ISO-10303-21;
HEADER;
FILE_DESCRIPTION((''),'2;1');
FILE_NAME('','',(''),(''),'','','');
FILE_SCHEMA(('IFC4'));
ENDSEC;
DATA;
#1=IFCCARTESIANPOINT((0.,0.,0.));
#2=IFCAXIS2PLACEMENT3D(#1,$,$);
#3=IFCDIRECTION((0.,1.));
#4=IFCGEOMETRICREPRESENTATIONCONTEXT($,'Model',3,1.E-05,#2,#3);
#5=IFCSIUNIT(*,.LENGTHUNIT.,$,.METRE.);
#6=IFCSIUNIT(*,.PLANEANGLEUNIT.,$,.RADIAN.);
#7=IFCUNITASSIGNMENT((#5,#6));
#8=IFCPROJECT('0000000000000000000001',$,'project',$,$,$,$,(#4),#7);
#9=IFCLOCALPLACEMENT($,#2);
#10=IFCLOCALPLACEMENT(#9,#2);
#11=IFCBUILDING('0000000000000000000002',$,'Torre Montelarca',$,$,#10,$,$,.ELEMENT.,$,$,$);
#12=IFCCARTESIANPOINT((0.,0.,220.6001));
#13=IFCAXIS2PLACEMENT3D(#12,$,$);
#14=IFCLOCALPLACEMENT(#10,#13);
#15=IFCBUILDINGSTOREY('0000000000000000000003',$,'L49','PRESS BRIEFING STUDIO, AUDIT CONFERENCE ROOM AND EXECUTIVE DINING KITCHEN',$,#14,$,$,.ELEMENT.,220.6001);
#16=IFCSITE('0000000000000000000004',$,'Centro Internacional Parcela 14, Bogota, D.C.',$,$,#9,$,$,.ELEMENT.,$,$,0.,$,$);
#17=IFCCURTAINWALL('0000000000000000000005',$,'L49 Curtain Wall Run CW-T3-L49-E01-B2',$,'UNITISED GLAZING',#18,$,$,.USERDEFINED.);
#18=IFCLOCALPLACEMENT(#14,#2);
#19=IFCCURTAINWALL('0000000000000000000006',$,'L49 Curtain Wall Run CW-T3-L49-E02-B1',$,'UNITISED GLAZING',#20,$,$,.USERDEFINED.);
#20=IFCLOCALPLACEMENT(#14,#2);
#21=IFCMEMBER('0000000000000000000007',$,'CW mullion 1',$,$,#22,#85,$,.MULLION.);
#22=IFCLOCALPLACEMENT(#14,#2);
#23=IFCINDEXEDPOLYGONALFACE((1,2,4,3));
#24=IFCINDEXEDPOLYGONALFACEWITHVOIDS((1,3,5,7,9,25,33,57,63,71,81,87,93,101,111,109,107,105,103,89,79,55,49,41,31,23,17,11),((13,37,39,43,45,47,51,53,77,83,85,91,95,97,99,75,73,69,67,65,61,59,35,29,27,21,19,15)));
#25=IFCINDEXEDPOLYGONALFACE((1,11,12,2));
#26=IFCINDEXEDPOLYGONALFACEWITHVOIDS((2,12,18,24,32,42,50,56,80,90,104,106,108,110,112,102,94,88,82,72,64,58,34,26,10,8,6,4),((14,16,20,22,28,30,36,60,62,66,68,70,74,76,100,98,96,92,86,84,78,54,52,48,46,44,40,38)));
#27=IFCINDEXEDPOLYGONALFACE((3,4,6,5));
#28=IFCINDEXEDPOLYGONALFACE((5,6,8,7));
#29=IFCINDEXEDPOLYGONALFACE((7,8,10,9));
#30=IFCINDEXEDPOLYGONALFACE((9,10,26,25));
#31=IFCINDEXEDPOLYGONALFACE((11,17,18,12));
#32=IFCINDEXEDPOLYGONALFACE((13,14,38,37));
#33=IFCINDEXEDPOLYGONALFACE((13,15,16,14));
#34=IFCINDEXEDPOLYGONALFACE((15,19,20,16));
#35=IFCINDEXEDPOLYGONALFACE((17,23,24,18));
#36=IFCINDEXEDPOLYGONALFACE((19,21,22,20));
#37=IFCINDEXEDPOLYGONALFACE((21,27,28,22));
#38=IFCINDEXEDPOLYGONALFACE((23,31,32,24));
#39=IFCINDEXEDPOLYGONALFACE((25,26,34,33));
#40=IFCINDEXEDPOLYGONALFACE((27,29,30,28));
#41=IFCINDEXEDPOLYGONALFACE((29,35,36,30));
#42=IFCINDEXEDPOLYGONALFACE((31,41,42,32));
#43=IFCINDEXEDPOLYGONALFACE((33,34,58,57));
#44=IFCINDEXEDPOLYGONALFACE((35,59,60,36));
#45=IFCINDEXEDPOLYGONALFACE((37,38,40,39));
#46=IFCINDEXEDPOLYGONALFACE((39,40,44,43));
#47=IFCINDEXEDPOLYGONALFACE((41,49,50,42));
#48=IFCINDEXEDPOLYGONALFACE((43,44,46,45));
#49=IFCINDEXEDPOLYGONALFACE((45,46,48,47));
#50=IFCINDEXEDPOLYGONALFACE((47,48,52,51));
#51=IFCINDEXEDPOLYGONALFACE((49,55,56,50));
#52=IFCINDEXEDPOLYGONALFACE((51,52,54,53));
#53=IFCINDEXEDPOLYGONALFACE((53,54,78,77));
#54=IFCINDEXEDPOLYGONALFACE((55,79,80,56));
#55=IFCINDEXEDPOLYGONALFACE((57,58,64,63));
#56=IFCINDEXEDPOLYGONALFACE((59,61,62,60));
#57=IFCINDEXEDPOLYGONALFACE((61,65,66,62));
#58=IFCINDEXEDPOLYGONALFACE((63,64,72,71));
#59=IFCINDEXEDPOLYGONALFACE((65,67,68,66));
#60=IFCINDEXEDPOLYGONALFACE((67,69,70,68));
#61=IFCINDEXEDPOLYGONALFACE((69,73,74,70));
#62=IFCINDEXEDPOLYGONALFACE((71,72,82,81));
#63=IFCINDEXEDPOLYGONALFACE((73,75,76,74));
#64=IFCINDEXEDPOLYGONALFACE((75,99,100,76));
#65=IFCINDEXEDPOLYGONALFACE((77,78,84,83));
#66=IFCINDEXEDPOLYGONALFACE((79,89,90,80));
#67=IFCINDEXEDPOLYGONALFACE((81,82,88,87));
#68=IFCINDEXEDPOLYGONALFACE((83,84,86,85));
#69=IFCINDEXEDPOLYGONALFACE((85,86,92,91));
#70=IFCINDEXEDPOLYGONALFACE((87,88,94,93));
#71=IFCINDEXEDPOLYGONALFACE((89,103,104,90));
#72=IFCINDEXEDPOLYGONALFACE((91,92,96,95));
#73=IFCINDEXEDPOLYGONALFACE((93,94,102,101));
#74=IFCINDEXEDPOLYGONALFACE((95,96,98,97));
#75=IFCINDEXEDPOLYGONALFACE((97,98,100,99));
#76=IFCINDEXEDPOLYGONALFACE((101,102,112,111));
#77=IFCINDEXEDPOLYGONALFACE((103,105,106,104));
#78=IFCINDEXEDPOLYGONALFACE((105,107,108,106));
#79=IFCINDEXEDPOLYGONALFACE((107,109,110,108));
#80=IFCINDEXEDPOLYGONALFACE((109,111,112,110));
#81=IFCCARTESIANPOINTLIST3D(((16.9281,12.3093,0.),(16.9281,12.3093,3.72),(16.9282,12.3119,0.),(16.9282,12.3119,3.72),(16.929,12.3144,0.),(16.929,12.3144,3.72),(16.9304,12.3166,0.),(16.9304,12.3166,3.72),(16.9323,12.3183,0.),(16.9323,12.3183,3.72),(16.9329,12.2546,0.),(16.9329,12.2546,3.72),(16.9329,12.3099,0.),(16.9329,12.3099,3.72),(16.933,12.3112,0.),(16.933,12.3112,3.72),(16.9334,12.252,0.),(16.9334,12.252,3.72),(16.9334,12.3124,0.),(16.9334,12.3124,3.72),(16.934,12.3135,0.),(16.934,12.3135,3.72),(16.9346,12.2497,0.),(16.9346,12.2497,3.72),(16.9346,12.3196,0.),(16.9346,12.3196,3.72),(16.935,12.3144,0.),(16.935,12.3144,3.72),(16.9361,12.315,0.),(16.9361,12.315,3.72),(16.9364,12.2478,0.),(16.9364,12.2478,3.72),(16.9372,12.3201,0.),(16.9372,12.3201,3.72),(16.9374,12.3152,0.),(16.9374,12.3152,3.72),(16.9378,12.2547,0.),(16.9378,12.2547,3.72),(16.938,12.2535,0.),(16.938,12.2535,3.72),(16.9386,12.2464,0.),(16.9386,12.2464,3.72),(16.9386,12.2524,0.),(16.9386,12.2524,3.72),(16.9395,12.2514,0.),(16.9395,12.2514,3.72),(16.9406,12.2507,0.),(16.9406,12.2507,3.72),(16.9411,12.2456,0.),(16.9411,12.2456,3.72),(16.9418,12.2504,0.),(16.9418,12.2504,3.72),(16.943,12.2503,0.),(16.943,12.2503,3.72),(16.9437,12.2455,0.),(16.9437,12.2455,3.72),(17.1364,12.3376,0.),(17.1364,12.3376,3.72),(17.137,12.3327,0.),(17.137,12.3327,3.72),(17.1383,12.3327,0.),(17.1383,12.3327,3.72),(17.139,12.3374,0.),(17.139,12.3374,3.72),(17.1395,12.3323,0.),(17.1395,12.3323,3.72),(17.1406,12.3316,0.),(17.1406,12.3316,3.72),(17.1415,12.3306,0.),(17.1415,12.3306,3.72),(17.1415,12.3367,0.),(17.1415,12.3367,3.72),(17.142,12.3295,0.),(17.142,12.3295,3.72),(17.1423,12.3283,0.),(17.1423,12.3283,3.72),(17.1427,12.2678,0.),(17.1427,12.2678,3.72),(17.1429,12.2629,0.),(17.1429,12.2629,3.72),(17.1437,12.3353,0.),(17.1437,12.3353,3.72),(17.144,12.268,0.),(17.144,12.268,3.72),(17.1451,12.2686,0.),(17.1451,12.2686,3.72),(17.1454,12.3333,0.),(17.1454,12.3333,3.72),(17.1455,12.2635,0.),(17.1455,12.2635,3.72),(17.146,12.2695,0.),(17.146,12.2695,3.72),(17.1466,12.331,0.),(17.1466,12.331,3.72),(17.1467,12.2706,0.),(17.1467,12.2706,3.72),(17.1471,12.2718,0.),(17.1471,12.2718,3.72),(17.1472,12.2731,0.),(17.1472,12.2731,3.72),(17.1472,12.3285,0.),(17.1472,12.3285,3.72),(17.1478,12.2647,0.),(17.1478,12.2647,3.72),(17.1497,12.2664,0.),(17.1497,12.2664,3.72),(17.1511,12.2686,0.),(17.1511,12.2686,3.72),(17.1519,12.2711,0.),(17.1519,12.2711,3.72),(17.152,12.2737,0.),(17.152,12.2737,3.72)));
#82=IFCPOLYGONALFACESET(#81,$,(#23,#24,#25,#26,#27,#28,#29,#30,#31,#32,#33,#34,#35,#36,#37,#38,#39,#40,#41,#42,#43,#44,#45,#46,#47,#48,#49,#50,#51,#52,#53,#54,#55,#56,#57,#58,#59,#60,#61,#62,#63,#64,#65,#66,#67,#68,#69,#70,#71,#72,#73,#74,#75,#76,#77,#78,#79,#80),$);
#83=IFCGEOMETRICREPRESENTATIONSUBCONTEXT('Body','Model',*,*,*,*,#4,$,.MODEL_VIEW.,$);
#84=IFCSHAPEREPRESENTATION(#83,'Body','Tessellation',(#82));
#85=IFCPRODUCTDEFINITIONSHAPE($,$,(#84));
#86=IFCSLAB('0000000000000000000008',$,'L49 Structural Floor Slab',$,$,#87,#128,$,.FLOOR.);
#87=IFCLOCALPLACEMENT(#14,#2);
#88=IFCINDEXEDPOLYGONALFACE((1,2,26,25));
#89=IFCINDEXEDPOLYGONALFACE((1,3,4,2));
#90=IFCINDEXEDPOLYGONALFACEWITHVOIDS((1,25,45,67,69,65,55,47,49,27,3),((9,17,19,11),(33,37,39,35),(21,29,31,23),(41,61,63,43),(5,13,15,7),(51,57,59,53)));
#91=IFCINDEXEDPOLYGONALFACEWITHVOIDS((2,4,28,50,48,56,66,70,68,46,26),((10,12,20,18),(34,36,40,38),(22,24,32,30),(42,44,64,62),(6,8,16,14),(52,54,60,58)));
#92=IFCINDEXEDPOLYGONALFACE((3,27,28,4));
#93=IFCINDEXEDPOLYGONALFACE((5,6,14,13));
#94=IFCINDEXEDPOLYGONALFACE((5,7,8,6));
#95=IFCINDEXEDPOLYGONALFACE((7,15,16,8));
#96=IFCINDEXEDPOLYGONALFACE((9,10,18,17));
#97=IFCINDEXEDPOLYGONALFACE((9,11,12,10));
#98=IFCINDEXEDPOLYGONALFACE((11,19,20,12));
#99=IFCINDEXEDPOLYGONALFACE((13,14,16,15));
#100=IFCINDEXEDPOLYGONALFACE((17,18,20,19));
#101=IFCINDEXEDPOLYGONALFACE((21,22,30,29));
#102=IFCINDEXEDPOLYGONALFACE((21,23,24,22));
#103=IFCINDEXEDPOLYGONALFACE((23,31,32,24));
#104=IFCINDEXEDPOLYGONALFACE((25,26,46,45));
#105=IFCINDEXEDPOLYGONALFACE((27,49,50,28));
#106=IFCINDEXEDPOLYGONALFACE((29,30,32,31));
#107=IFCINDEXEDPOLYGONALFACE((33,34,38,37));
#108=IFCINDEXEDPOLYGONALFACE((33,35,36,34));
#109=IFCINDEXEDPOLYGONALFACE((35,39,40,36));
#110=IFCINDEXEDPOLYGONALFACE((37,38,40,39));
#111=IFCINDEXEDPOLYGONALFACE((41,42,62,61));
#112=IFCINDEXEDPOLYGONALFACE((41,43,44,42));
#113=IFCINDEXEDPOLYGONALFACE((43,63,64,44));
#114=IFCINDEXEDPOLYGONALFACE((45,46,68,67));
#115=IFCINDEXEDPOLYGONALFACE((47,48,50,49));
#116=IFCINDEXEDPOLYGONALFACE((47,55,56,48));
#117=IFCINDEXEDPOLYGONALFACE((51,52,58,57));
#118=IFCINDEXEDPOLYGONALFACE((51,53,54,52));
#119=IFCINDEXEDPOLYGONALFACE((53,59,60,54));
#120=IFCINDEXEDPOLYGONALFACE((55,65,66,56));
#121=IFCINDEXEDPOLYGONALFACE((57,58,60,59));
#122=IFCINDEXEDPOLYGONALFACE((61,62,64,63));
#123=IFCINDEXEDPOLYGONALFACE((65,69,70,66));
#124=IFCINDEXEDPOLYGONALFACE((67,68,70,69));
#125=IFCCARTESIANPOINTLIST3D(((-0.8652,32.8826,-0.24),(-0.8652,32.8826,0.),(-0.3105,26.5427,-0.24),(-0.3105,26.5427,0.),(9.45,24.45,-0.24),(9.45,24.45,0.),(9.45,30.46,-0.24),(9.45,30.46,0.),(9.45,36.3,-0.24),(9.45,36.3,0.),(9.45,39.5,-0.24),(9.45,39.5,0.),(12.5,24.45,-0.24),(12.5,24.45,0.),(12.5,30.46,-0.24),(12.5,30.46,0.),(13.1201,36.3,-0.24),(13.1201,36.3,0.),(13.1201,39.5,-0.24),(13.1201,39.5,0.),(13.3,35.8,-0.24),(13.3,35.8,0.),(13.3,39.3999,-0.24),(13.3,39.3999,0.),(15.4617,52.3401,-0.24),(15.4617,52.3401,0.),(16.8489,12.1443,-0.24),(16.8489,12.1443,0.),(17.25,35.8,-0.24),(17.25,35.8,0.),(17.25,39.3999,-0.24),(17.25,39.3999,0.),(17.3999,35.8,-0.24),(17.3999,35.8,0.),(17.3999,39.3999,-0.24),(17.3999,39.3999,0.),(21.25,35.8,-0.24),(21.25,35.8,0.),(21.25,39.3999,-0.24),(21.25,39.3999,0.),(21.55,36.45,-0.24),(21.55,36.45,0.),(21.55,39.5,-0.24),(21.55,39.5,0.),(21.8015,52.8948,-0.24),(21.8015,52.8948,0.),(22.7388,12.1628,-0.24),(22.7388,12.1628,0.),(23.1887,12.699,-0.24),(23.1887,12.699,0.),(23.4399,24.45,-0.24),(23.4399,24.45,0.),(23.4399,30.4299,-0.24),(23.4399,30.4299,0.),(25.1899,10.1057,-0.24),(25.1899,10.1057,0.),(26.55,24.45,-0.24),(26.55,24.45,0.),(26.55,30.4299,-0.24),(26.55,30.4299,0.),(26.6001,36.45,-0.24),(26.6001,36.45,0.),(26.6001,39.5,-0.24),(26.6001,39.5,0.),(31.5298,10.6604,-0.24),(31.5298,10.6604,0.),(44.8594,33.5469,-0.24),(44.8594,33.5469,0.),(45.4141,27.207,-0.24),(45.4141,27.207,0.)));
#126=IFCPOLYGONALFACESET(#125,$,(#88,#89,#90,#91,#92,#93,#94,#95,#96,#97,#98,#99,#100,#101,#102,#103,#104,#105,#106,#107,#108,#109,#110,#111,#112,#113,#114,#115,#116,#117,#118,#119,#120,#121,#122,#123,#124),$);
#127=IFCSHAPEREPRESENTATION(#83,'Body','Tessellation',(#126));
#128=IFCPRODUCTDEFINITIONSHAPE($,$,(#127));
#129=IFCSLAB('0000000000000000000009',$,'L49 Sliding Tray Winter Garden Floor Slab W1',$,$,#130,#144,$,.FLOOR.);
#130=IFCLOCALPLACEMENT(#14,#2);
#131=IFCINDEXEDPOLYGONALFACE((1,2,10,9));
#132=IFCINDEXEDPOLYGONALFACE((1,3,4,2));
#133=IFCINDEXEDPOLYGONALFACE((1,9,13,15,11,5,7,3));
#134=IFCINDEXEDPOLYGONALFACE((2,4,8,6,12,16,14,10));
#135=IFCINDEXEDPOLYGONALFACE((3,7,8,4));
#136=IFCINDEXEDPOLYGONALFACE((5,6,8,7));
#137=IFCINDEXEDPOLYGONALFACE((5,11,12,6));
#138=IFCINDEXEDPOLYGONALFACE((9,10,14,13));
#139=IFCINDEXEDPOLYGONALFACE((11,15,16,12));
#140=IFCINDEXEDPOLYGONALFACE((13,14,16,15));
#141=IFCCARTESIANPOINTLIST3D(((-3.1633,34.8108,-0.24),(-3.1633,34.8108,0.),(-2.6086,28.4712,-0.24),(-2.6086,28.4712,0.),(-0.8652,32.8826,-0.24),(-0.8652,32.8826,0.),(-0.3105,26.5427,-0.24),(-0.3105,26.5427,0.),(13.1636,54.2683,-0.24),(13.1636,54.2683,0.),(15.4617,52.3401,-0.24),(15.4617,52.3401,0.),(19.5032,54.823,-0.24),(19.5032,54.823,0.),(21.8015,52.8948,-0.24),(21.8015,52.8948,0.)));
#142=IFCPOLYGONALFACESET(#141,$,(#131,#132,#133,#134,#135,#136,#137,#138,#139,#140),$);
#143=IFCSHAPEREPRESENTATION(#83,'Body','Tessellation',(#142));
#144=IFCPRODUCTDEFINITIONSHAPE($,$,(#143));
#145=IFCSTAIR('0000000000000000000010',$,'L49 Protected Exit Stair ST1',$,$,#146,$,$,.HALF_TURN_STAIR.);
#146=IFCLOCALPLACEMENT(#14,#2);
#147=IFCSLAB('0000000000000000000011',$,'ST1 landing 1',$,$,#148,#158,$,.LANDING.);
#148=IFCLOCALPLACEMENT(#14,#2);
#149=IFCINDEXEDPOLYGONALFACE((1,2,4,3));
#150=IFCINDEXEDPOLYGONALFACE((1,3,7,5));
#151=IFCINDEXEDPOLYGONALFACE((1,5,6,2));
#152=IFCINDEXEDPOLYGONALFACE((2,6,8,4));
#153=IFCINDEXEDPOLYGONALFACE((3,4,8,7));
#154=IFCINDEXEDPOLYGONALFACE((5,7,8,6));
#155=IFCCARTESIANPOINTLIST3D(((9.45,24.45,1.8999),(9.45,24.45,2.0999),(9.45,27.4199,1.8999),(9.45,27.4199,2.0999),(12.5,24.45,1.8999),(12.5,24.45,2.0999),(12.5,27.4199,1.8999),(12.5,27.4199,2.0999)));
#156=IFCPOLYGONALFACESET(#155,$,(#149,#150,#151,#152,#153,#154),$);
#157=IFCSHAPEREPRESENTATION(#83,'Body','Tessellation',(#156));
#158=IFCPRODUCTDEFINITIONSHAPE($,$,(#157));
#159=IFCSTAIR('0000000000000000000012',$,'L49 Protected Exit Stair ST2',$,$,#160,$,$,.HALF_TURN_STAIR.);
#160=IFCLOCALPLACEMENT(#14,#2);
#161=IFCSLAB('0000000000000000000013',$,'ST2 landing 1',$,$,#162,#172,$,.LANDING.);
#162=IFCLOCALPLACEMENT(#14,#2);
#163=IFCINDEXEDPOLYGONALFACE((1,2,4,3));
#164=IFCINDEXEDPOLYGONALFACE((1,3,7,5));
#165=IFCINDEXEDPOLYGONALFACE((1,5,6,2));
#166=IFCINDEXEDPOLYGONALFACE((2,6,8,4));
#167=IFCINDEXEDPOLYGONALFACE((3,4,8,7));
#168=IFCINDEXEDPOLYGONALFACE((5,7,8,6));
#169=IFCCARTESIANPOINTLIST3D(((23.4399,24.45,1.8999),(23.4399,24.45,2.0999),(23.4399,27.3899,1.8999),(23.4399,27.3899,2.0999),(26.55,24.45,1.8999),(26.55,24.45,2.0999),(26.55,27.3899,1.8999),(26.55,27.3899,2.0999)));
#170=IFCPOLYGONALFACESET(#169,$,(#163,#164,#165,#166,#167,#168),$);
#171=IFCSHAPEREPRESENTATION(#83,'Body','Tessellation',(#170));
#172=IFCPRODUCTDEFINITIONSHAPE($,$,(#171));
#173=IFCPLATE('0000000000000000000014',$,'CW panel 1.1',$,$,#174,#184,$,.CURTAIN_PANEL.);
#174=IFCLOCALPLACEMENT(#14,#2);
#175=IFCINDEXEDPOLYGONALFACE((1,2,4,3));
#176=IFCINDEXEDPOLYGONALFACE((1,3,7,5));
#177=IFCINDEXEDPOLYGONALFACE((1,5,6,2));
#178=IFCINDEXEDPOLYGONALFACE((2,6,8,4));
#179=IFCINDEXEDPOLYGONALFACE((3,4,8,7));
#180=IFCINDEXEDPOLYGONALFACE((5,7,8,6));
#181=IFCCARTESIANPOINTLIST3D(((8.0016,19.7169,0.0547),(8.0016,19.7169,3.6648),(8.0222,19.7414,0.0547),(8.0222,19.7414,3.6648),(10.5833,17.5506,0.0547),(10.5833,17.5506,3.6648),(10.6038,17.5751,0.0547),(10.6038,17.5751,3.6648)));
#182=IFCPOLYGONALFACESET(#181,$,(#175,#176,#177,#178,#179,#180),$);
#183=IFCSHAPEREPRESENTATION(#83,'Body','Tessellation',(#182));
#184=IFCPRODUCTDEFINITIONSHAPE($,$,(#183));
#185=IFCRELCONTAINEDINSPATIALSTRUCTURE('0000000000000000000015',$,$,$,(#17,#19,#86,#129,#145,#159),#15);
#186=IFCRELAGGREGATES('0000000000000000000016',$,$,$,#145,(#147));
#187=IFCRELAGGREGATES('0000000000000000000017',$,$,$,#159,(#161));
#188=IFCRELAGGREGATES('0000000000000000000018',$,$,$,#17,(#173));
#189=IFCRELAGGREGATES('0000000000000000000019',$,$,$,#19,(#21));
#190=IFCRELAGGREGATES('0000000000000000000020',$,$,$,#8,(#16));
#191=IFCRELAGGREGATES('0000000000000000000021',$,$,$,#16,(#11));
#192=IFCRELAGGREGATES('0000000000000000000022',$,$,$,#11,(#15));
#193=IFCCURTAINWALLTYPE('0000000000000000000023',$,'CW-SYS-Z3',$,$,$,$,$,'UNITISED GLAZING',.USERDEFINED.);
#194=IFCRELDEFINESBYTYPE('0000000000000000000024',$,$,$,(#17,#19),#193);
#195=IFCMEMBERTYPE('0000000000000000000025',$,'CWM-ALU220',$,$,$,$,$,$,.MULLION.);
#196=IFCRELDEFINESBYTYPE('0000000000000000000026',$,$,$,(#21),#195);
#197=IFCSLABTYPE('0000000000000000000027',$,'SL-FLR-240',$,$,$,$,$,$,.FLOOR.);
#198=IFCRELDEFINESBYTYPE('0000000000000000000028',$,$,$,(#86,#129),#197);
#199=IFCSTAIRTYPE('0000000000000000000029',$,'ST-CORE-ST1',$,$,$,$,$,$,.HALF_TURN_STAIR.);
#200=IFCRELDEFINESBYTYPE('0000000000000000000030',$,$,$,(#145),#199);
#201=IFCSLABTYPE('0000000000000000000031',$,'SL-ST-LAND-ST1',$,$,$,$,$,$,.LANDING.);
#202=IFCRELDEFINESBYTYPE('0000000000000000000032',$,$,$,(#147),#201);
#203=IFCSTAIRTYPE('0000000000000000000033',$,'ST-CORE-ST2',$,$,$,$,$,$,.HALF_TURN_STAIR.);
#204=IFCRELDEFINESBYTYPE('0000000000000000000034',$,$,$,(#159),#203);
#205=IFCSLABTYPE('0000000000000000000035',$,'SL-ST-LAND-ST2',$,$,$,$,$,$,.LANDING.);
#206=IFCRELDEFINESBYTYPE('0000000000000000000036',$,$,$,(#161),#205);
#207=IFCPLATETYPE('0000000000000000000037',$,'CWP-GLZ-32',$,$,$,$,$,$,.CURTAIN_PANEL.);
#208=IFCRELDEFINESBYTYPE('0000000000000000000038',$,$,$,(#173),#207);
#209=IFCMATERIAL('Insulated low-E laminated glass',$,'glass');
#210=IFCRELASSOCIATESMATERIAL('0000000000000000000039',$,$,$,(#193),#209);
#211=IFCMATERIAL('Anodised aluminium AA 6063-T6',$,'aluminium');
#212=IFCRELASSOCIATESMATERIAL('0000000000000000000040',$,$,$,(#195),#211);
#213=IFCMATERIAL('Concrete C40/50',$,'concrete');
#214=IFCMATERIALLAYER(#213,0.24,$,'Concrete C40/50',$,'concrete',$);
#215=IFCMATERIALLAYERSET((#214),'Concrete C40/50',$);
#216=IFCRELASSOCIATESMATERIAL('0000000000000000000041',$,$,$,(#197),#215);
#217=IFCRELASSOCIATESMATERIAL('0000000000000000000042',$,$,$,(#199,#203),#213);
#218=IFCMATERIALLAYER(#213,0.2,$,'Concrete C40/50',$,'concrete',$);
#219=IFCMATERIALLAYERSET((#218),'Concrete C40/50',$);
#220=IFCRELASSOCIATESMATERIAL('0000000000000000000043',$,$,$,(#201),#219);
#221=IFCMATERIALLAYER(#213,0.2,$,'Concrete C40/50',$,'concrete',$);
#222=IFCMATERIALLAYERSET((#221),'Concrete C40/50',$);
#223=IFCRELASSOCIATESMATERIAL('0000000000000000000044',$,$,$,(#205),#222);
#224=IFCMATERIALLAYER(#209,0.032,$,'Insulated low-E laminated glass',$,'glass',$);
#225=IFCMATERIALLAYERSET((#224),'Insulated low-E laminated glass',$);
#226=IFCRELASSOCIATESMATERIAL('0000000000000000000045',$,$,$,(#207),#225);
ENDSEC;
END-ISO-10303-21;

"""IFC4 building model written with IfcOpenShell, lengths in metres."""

from ifc_helpers import new_model, si_unit, direction, frame, origin, origin_2d, place, context, subcontext, project, spatial, polyline, rectangle, hollow_rectangle, outline, extrude, source, transform, mapped, material, layer, layer_set, material_profile, profile_set, type_object, element, aggregate, save


model = new_model("IFC4")

# Units and contexts
model_context = context("Model", 3, precision=1e-05, world=origin(), true_north=direction((0.0, 1.0)))
body_context = subcontext(model_context, "Body", "Model", "MODEL_VIEW")
ifc_project = project(units=[si_unit("LENGTHUNIT", "METRE"), si_unit("PLANEANGLEUNIT", "RADIAN")], contexts=[model_context])

# Site, building, storey
site_placement = place(None, origin())
site = spatial("IfcSite", under=ifc_project, at=site_placement, Name="Centro Internacional Parcela 14, Bogota, D.C.", CompositionType="ELEMENT", RefElevation=0.0)
building_placement = place(site_placement, origin())
building = spatial("IfcBuilding", under=site, at=building_placement, Name="Torre Montelarca", CompositionType="ELEMENT")
storey_placement = place(building_placement, frame((0.0, 0.0, 220.6001)))
storey = spatial("IfcBuildingStorey", under=building, at=storey_placement, Name="L49", Description="PRESS BRIEFING STUDIO, AUDIT CONFERENCE ROOM AND EXECUTIVE DINING KITCHEN", CompositionType="ELEMENT", Elevation=220.6001)

# Curtain walls
ifc_material_1 = material(Name="Insulated low-E laminated glass", Category="glass")
curtain_wall_type = type_object("IfcCurtainWallType", Name="CW-SYS-Z3", ElementType="UNITISED GLAZING", PredefinedType="USERDEFINED", material=ifc_material_1)
curtain_wall_1_placement = place(storey_placement, origin())
curtain_wall_1 = element("IfcCurtainWall", 1, at=curtain_wall_1_placement, inside=storey, type_object=curtain_wall_type, Name="L49 Curtain Wall Run CW-T3-L49-E01-B2", ObjectType="UNITISED GLAZING", PredefinedType="USERDEFINED")
ifc_material_2 = material(Name="Anodised aluminium AA 6063-T6", Category="aluminium")
curtain_wall_2_placement = place(storey_placement, origin())
curtain_wall_2 = element("IfcCurtainWall", 2, at=curtain_wall_2_placement, inside=storey, type_object=curtain_wall_type, Name="L49 Curtain Wall Run CW-T3-L49-E02-B1", ObjectType="UNITISED GLAZING", PredefinedType="USERDEFINED")

# Shared definitions
ifc_material_profile_1 = material_profile(ifc_material_2, hollow_rectangle(XDim=0.075, YDim=0.22, WallThickness=0.0049, InnerFilletRadius=0.0049, OuterFilletRadius=0.01, at=origin_2d()), Name="ALU75X220X5", Category="aluminium")
ifc_profile_set_1 = profile_set([ifc_material_profile_1], Name="Anodised aluminium AA 6063-T6")
member_type_1 = type_object("IfcMemberType", Name="CWM-ALU220", PredefinedType="MULLION", material=ifc_profile_set_1)
shared_shape_1 = source(origin(), body_context, "Body", "SweptSolid", [
    extrude(hollow_rectangle(XDim=0.075, YDim=0.22, WallThickness=0.0049, InnerFilletRadius=0.0049, OuterFilletRadius=0.01, at=origin_2d()), origin(), (0.0, 0.0, 1.0), 3.72),
])

# Member
member_1_placement = place(storey_placement, frame((17.04, 12.2915, 0.0), z_axis=(0.0, 0.0, 1.0), x_axis=(-0.087189, 0.996192, 0.0)))
member_1 = element("IfcMember", 3, at=member_1_placement, type_object=member_type_1, Name="CW mullion 1", PredefinedType="MULLION", context=body_context, shape_type="MappedRepresentation", body=[
    mapped(shared_shape_1, transform((0.0, 0.0, 0.0), scale=1.0)),
])

# Slabs
ifc_material_3 = material(Name="Concrete C40/50", Category="concrete")
ifc_layer_1 = layer(ifc_material_3, 0.24, Name="Concrete C40/50", Category="concrete")
ifc_layer_set_1 = layer_set([ifc_layer_1], Name="Concrete C40/50")
slab_type_1 = type_object("IfcSlabType", Name="SL-FLR-240", PredefinedType="FLOOR", material=ifc_layer_set_1)
slab_1_placement = place(storey_placement, frame((0.0, 0.0, -0.24)))
element("IfcSlab", 4, at=slab_1_placement, inside=storey, type_object=slab_type_1, Name="L49 Structural Floor Slab", PredefinedType="FLOOR", context=body_context, shape_type="SweptSolid", body=[
    extrude(outline(polyline([(16.8489, 12.1443), (23.1887, 12.699), (22.7388, 12.1628), (25.1899, 10.1057), (31.5298, 10.6604), (45.4141, 27.207), (44.8594, 33.5469), (21.8015, 52.8948), (15.4617, 52.3401), (-0.8652, 32.8826), (-0.3105, 26.5427), (16.8489, 12.1443)]), holes=[polyline([(26.55, 24.45), (23.4399, 24.45), (23.4399, 30.4299), (26.55, 30.4299), (26.55, 24.45)]), polyline([(9.45, 24.45), (9.45, 30.46), (12.5, 30.46), (12.5, 24.45), (9.45, 24.45)]), polyline([(17.25, 35.8), (13.3, 35.8), (13.3, 39.3999), (17.25, 39.3999), (17.25, 35.8)]), polyline([(21.25, 39.3999), (21.25, 35.8), (17.3999, 35.8), (17.3999, 39.3999), (21.25, 39.3999)]), polyline([(13.1201, 36.3), (9.45, 36.3), (9.45, 39.5), (13.1201, 39.5), (13.1201, 36.3)]), polyline([(26.6001, 36.45), (21.55, 36.45), (21.55, 39.5), (26.6001, 39.5), (26.6001, 36.45)])]), origin(), (0.0, 0.0, 1.0), 0.24),
])
slab_2_placement = place(storey_placement, frame((0.0, 0.0, -0.24)))
element("IfcSlab", 5, at=slab_2_placement, inside=storey, type_object=slab_type_1, Name="L49 Sliding Tray Winter Garden Floor Slab W1", PredefinedType="FLOOR", context=body_context, shape_type="SweptSolid", body=[
    extrude(outline(polyline([(-0.3105, 26.5427), (-0.8652, 32.8826), (15.4617, 52.3401), (21.8015, 52.8948), (19.5032, 54.823), (13.1636, 54.2683), (-3.1633, 34.8108), (-2.6086, 28.4712), (-0.3105, 26.5427)])), origin(), (0.0, 0.0, 1.0), 0.24),
])

# Stairs, slabs
stair_type_1 = type_object("IfcStairType", Name="ST-CORE-ST1", PredefinedType="HALF_TURN_STAIR", material=ifc_material_3)
stair_1_placement = place(storey_placement, origin())
stair_1 = element("IfcStair", 6, at=stair_1_placement, inside=storey, type_object=stair_type_1, Name="L49 Protected Exit Stair ST1", PredefinedType="HALF_TURN_STAIR")
ifc_layer_2 = layer(ifc_material_3, 0.2, Name="Concrete C40/50", Category="concrete")
ifc_layer_set_2 = layer_set([ifc_layer_2], Name="Concrete C40/50")
slab_type_2 = type_object("IfcSlabType", Name="SL-ST-LAND-ST1", PredefinedType="LANDING", material=ifc_layer_set_2)
slab_3_placement = place(storey_placement, frame((0.0, 0.0, 1.8999)))
slab_3 = element("IfcSlab", 7, at=slab_3_placement, type_object=slab_type_2, Name="ST1 landing 1", PredefinedType="LANDING", context=body_context, shape_type="SweptSolid", body=[
    extrude(outline(polyline([(9.45, 27.4199), (9.45, 24.45), (12.5, 24.45), (12.5, 27.4199), (9.45, 27.4199)])), origin(), (0.0, 0.0, 1.0), 0.2),
])
aggregate(stair_1, [slab_3])
stair_type_2 = type_object("IfcStairType", Name="ST-CORE-ST2", PredefinedType="HALF_TURN_STAIR", material=ifc_material_3)
stair_2_placement = place(storey_placement, origin())
stair_2 = element("IfcStair", 8, at=stair_2_placement, inside=storey, type_object=stair_type_2, Name="L49 Protected Exit Stair ST2", PredefinedType="HALF_TURN_STAIR")
ifc_layer_3 = layer(ifc_material_3, 0.2, Name="Concrete C40/50", Category="concrete")
ifc_layer_set_3 = layer_set([ifc_layer_3], Name="Concrete C40/50")
slab_type_3 = type_object("IfcSlabType", Name="SL-ST-LAND-ST2", PredefinedType="LANDING", material=ifc_layer_set_3)
slab_4_placement = place(storey_placement, frame((0.0, 0.0, 1.8999)))
slab_4 = element("IfcSlab", 9, at=slab_4_placement, type_object=slab_type_3, Name="ST2 landing 1", PredefinedType="LANDING", context=body_context, shape_type="SweptSolid", body=[
    extrude(outline(polyline([(23.4399, 27.3899), (23.4399, 24.45), (26.55, 24.45), (26.55, 27.3899), (23.4399, 27.3899)])), origin(), (0.0, 0.0, 1.0), 0.2),
])
aggregate(stair_2, [slab_4])

# Plate
ifc_layer_4 = layer(ifc_material_1, 0.032, Name="Insulated low-E laminated glass", Category="glass")
ifc_layer_set_4 = layer_set([ifc_layer_4], Name="Insulated low-E laminated glass")
plate_type = type_object("IfcPlateType", Name="CWP-GLZ-32", PredefinedType="CURTAIN_PANEL", material=ifc_layer_set_4)
shared_shape_2 = source(origin(), body_context, "Body", "SweptSolid", [
    extrude(rectangle(XDim=3.3701, YDim=0.032, at=origin_2d()), origin(), (0.0, 0.0, 1.0), 3.6101),
])
plate_1_placement = place(storey_placement, frame((9.3027, 18.646, 0.0547), z_axis=(0.0, 0.0, 1.0), x_axis=(0.766046, -0.642786, 0.0)))
plate_1 = element("IfcPlate", 10, at=plate_1_placement, type_object=plate_type, Name="CW panel 1.1", PredefinedType="CURTAIN_PANEL", context=body_context, shape_type="MappedRepresentation", body=[
    mapped(shared_shape_2, transform((0.0, 0.0, 0.0), scale=1.0)),
])
aggregate(curtain_wall_1, [plate_1])
aggregate(curtain_wall_2, [member_1])

save(model, "model.ifc")
